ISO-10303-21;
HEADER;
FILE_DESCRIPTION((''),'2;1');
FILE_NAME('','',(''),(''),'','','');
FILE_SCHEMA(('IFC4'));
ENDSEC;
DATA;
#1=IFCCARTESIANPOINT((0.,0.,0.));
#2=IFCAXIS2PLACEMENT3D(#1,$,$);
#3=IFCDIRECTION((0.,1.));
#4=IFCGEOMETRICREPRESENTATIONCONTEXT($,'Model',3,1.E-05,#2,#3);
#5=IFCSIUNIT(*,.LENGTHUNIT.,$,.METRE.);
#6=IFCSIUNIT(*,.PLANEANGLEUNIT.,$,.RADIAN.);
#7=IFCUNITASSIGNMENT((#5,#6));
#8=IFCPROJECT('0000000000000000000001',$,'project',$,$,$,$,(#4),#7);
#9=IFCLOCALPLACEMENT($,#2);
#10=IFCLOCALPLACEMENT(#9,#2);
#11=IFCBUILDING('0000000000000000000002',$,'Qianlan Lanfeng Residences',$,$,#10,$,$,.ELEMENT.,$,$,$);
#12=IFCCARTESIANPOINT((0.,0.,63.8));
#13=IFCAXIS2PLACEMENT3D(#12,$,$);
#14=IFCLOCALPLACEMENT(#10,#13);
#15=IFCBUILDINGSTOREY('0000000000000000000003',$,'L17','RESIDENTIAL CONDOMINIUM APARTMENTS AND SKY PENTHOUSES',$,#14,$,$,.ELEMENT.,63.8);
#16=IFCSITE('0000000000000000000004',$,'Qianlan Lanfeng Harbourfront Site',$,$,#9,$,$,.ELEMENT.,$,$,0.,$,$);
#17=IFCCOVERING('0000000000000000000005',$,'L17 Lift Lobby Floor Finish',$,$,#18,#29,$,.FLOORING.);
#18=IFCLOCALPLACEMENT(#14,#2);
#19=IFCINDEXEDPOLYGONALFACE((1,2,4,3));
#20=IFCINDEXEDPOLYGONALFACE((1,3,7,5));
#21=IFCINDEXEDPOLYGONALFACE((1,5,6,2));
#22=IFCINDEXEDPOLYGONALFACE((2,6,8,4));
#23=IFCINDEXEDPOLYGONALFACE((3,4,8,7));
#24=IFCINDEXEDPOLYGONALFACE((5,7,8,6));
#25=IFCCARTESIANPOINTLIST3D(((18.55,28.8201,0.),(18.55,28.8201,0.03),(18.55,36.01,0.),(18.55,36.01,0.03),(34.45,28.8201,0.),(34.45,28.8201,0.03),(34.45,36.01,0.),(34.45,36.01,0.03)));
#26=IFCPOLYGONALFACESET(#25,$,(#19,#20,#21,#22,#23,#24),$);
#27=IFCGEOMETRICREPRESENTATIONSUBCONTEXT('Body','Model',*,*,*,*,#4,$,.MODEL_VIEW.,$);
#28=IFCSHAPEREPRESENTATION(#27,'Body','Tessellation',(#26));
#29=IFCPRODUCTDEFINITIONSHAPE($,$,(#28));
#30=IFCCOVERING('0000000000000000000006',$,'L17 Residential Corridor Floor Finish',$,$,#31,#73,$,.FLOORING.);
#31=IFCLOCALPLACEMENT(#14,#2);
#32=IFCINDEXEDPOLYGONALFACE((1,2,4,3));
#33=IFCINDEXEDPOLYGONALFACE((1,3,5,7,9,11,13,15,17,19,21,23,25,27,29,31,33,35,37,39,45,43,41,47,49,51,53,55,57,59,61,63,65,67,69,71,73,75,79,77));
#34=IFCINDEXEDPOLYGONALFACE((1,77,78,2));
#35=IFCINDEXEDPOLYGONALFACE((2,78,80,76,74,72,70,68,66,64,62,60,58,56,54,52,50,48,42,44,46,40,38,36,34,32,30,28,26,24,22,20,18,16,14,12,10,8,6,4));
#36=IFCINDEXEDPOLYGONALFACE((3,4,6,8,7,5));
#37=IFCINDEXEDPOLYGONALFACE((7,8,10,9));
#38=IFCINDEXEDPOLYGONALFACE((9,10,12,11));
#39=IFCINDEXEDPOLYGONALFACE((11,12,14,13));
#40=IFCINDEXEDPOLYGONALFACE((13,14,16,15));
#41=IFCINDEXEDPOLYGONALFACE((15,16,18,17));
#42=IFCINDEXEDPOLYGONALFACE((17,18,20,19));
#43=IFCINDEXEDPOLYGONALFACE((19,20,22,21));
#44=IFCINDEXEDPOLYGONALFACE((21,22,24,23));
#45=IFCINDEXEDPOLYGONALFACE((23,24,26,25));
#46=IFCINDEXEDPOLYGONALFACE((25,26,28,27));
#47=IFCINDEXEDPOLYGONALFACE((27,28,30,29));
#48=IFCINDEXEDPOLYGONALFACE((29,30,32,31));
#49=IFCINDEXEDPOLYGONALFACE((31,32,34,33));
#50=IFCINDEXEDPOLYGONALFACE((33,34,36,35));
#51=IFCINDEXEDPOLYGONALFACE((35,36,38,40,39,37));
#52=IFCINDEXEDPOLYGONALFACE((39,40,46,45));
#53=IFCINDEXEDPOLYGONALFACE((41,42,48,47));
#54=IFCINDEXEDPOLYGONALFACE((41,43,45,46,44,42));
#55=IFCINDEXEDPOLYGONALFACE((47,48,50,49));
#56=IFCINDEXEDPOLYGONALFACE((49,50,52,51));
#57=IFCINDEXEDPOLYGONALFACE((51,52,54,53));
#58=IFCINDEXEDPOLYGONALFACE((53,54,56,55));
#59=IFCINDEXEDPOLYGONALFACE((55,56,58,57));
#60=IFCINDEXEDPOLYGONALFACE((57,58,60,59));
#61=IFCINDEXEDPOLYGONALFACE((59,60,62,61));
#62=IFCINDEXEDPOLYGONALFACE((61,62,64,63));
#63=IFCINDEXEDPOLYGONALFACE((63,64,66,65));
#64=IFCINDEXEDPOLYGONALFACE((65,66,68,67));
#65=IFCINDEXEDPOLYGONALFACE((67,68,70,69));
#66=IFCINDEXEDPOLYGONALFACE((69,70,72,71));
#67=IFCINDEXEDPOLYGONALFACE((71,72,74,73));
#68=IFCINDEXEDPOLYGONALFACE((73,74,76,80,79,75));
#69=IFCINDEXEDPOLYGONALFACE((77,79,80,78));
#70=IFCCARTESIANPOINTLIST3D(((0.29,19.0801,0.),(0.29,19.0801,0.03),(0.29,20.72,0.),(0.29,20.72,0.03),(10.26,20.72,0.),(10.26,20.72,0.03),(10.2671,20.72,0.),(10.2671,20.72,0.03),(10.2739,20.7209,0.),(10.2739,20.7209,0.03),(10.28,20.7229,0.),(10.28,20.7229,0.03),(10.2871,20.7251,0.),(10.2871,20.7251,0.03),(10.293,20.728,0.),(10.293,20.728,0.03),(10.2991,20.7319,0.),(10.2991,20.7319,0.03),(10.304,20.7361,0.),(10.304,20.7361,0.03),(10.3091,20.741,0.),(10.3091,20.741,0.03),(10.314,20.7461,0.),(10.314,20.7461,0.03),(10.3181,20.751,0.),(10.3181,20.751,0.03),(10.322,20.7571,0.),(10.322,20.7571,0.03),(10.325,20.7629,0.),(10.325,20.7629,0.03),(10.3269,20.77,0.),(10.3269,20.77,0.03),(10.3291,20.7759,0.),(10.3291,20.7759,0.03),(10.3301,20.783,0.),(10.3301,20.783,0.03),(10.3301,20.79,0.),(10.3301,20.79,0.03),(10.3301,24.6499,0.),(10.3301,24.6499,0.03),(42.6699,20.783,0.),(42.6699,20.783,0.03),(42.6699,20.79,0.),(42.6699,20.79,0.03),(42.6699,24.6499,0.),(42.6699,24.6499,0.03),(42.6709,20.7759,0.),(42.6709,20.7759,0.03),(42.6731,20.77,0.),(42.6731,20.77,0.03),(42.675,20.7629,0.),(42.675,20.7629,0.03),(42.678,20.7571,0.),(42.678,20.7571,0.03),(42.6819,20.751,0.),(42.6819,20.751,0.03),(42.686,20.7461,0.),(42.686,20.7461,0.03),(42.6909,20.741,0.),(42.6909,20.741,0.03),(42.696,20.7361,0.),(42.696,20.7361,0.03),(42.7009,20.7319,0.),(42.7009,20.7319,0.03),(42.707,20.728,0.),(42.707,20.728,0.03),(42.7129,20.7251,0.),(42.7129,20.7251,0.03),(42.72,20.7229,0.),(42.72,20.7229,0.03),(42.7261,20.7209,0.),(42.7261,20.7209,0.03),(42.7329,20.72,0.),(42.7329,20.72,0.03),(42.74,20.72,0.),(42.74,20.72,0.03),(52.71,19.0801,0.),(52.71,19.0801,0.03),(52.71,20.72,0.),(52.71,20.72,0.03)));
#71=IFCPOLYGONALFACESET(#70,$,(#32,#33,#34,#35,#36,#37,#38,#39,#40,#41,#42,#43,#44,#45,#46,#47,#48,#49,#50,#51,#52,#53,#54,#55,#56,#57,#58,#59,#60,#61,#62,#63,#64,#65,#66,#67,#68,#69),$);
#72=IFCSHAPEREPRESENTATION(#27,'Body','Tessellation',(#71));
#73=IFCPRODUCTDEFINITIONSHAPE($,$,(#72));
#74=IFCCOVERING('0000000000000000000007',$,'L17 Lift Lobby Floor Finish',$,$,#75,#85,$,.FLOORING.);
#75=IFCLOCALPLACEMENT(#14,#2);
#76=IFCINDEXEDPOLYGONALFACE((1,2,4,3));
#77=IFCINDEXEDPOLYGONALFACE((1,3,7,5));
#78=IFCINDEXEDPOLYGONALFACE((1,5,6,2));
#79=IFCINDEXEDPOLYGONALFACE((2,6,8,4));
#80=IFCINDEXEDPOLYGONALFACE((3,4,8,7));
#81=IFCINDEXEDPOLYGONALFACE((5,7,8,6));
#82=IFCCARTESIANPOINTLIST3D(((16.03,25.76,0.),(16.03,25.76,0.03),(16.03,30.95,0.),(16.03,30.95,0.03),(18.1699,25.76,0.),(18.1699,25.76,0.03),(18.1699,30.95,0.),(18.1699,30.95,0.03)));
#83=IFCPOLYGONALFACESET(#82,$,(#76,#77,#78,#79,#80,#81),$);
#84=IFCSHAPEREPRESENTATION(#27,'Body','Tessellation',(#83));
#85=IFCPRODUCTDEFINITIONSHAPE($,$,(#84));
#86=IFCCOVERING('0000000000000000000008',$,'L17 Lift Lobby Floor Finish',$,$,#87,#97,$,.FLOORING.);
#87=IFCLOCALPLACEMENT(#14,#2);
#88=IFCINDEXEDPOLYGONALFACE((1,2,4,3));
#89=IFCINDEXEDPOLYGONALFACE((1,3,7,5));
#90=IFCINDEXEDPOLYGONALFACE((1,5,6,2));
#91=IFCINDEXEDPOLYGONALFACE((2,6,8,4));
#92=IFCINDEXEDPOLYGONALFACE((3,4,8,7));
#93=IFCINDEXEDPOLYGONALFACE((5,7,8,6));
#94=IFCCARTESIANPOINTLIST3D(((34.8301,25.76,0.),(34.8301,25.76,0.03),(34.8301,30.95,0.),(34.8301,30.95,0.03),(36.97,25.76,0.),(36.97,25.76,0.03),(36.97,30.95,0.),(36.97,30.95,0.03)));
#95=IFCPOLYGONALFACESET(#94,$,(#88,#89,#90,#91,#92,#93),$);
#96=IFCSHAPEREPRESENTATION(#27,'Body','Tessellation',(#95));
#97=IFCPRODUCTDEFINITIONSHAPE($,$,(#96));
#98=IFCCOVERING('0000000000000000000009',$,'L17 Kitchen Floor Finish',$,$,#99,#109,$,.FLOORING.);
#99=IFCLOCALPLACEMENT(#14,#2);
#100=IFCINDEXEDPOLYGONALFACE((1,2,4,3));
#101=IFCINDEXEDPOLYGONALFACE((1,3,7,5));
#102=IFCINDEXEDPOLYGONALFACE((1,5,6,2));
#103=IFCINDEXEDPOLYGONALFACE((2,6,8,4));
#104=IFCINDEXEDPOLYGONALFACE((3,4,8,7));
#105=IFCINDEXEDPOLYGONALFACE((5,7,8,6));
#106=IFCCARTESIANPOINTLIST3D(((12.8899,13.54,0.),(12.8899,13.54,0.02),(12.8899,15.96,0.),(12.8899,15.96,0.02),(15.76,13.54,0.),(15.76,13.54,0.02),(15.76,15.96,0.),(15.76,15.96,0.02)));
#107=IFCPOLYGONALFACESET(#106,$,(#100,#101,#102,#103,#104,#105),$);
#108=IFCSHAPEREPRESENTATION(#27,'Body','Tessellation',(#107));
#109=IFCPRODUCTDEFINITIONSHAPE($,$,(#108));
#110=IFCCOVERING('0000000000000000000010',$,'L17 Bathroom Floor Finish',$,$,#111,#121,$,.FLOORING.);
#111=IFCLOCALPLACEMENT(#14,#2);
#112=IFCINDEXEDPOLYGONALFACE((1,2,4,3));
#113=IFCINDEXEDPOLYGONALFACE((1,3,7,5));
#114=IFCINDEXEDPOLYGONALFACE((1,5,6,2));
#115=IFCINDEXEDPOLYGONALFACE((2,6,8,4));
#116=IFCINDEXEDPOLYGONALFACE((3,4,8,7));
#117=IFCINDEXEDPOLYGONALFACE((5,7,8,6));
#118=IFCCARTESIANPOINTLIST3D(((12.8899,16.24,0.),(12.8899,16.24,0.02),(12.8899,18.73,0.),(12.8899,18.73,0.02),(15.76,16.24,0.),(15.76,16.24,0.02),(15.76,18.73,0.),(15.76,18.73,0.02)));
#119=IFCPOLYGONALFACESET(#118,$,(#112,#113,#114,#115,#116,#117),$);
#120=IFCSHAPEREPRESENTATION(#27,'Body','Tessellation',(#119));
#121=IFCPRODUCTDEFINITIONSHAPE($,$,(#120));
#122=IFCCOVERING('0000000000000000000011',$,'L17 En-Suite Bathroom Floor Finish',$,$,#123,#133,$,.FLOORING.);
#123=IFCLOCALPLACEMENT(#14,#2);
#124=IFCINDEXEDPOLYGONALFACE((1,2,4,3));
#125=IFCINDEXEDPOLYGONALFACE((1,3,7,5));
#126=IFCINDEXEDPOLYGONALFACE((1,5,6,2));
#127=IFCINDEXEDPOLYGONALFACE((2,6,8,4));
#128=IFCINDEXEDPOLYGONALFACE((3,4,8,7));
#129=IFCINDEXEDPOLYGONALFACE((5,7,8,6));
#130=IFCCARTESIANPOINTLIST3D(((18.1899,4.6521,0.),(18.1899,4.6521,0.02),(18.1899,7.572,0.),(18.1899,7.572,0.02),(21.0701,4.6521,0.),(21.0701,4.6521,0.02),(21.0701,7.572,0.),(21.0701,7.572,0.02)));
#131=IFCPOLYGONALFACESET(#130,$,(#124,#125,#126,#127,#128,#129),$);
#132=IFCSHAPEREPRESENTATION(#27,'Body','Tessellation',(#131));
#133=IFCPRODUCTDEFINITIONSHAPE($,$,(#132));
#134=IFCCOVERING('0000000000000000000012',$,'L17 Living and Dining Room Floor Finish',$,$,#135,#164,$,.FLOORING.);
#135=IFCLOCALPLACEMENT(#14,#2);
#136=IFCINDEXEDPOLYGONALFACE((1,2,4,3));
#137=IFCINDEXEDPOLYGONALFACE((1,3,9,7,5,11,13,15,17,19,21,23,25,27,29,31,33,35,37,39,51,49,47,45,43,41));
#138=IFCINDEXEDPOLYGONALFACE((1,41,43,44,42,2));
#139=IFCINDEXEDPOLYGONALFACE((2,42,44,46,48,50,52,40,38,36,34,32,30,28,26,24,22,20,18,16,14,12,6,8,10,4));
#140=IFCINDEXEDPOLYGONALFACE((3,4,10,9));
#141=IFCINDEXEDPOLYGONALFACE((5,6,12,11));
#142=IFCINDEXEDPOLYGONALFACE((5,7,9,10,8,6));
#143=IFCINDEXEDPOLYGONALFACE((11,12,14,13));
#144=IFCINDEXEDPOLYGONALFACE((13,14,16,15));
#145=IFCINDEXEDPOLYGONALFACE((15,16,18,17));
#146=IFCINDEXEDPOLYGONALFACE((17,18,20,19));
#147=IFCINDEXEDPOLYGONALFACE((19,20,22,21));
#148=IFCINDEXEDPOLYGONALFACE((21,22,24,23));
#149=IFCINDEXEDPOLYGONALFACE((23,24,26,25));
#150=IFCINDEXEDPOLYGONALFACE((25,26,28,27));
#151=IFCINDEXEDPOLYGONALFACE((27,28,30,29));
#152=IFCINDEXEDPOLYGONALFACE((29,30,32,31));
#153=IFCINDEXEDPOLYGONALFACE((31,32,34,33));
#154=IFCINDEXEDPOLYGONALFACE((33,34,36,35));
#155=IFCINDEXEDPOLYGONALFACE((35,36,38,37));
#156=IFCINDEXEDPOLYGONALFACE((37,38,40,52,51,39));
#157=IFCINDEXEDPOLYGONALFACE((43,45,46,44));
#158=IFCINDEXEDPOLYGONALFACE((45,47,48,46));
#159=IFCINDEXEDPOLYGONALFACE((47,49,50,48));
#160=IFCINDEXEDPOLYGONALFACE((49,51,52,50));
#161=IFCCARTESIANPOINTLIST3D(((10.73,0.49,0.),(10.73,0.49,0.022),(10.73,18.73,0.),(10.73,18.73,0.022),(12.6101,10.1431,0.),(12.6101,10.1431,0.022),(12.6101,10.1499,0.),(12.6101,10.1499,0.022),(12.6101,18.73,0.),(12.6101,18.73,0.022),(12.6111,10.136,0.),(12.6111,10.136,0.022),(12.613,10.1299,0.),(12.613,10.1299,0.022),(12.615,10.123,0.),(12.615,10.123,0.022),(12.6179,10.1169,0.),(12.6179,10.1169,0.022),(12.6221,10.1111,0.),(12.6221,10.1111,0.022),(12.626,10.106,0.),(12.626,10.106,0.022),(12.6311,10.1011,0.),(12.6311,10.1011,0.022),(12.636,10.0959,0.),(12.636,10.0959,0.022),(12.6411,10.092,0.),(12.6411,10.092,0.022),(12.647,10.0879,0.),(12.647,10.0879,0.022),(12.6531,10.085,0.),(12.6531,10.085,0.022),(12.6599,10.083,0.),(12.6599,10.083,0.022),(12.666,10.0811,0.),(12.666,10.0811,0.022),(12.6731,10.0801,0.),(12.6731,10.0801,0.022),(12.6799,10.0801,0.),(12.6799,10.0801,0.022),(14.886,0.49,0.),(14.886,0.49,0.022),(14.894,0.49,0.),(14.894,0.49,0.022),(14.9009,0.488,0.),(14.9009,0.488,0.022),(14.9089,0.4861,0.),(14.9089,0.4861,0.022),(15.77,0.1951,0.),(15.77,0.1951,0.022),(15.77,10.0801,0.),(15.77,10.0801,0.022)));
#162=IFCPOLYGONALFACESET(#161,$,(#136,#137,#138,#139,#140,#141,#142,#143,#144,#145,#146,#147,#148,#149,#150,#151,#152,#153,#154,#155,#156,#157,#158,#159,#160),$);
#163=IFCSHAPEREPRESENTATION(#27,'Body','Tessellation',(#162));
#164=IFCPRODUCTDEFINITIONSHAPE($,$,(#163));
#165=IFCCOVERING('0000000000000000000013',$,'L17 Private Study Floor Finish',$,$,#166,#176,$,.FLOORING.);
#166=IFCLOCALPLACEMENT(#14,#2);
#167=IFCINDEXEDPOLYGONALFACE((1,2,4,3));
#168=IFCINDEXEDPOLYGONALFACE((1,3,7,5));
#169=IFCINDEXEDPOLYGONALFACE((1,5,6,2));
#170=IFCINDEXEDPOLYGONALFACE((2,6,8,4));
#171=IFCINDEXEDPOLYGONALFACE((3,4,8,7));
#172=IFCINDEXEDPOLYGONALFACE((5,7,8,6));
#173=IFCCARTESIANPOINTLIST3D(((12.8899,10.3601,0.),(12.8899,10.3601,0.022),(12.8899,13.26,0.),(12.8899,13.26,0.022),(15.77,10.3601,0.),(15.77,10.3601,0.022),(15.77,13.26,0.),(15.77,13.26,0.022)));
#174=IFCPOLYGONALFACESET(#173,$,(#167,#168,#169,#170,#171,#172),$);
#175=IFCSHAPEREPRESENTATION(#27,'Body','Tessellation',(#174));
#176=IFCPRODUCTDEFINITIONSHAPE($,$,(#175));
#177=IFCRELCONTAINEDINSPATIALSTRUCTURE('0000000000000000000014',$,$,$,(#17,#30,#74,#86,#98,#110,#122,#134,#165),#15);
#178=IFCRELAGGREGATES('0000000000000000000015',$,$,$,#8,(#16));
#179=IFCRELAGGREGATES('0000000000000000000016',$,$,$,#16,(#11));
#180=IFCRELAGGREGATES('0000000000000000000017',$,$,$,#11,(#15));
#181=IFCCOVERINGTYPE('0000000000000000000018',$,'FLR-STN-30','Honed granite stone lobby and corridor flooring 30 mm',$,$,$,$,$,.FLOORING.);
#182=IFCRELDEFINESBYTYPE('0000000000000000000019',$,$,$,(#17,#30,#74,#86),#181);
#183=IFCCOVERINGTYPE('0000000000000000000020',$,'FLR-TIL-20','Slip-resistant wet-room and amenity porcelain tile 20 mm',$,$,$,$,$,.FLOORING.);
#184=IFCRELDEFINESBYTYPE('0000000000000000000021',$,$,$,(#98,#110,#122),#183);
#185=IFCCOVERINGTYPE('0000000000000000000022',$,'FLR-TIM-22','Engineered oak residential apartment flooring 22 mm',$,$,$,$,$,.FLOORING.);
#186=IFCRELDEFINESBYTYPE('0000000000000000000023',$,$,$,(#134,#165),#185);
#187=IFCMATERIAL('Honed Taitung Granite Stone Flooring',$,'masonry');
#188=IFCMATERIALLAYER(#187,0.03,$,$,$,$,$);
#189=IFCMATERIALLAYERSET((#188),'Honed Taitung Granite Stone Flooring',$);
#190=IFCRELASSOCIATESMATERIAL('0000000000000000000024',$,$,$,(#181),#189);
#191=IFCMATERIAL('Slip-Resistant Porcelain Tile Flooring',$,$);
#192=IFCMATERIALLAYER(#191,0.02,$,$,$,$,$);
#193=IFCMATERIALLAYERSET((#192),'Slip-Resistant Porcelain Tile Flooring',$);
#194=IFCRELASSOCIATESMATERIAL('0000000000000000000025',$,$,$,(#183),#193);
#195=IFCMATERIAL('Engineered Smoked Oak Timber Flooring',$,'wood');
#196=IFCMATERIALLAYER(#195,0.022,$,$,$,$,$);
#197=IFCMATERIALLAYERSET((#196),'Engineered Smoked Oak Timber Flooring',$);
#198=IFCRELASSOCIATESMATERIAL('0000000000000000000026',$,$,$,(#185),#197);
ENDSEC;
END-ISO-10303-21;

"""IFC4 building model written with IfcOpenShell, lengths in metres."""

from ifc_helpers import new_model, si_unit, direction, frame, origin, place, context, subcontext, project, spatial, polyline, outline, extrude, material, layer, layer_set, type_object, element, save


model = new_model("IFC4")

# Units and contexts
model_context = context("Model", 3, precision=1e-05, world=origin(), true_north=direction((0.0, 1.0)))
body_context = subcontext(model_context, "Body", "Model", "MODEL_VIEW")
ifc_project = project(units=[si_unit("LENGTHUNIT", "METRE"), si_unit("PLANEANGLEUNIT", "RADIAN")], contexts=[model_context])

# Site, building, storey
site_placement = place(None, origin())
site = spatial("IfcSite", under=ifc_project, at=site_placement, Name="Qianlan Lanfeng Harbourfront Site", CompositionType="ELEMENT", RefElevation=0.0)
building_placement = place(site_placement, origin())
building = spatial("IfcBuilding", under=site, at=building_placement, Name="Qianlan Lanfeng Residences", CompositionType="ELEMENT")
storey_placement = place(building_placement, frame((0.0, 0.0, 63.8)))
storey = spatial("IfcBuildingStorey", under=building, at=storey_placement, Name="L17", Description="RESIDENTIAL CONDOMINIUM APARTMENTS AND SKY PENTHOUSES", CompositionType="ELEMENT", Elevation=63.8)

# Coverings
ifc_material_1 = material(Name="Honed Taitung Granite Stone Flooring", Category="masonry")
ifc_layer_1 = layer(ifc_material_1, 0.03)
ifc_layer_set_1 = layer_set([ifc_layer_1], Name="Honed Taitung Granite Stone Flooring")
covering_type_1 = type_object("IfcCoveringType", Name="FLR-STN-30", Description="Honed granite stone lobby and corridor flooring 30 mm", PredefinedType="FLOORING", material=ifc_layer_set_1)
covering_1_placement = place(storey_placement, origin())
element("IfcCovering", 1, at=covering_1_placement, inside=storey, type_object=covering_type_1, Name="L17 Lift Lobby Floor Finish", PredefinedType="FLOORING", context=body_context, shape_type="SweptSolid", body=[
    extrude(outline(polyline([(18.55, 28.8201), (34.45, 28.8201), (34.45, 36.01), (18.55, 36.01), (18.55, 28.8201)])), origin(), (0.0, 0.0, 1.0), 0.03),
])
covering_2_placement = place(storey_placement, origin())
element("IfcCovering", 2, at=covering_2_placement, inside=storey, type_object=covering_type_1, Name="L17 Residential Corridor Floor Finish", PredefinedType="FLOORING", context=body_context, shape_type="SweptSolid", body=[
    extrude(outline(polyline([(0.29, 19.0801), (52.71, 19.0801), (52.71, 20.72), (42.74, 20.72), (42.7329, 20.72), (42.7261, 20.7209), (42.72, 20.7229), (42.7129, 20.7251), (42.707, 20.728), (42.7009, 20.7319), (42.696, 20.7361), (42.6909, 20.741), (42.686, 20.7461), (42.6819, 20.751), (42.678, 20.7571), (42.675, 20.7629), (42.6731, 20.77), (42.6709, 20.7759), (42.6699, 20.783), (42.6699, 20.79), (42.6699, 24.6499), (10.3301, 24.6499), (10.3301, 20.79), (10.3301, 20.783), (10.3291, 20.7759), (10.3269, 20.77), (10.325, 20.7629), (10.322, 20.7571), (10.3181, 20.751), (10.314, 20.7461), (10.3091, 20.741), (10.304, 20.7361), (10.2991, 20.7319), (10.293, 20.728), (10.2871, 20.7251), (10.28, 20.7229), (10.2739, 20.7209), (10.2671, 20.72), (10.26, 20.72), (0.29, 20.72), (0.29, 19.0801)])), origin(), (0.0, 0.0, 1.0), 0.03),
])
covering_3_placement = place(storey_placement, origin())
element("IfcCovering", 3, at=covering_3_placement, inside=storey, type_object=covering_type_1, Name="L17 Lift Lobby Floor Finish", PredefinedType="FLOORING", context=body_context, shape_type="SweptSolid", body=[
    extrude(outline(polyline([(16.03, 25.76), (18.1699, 25.76), (18.1699, 30.95), (16.03, 30.95), (16.03, 25.76)])), origin(), (0.0, 0.0, 1.0), 0.03),
])
covering_4_placement = place(storey_placement, origin())
element("IfcCovering", 4, at=covering_4_placement, inside=storey, type_object=covering_type_1, Name="L17 Lift Lobby Floor Finish", PredefinedType="FLOORING", context=body_context, shape_type="SweptSolid", body=[
    extrude(outline(polyline([(34.8301, 25.76), (36.97, 25.76), (36.97, 30.95), (34.8301, 30.95), (34.8301, 25.76)])), origin(), (0.0, 0.0, 1.0), 0.03),
])
ifc_material_2 = material(Name="Slip-Resistant Porcelain Tile Flooring")
ifc_layer_2 = layer(ifc_material_2, 0.02)
ifc_layer_set_2 = layer_set([ifc_layer_2], Name="Slip-Resistant Porcelain Tile Flooring")
covering_type_2 = type_object("IfcCoveringType", Name="FLR-TIL-20", Description="Slip-resistant wet-room and amenity porcelain tile 20 mm", PredefinedType="FLOORING", material=ifc_layer_set_2)
covering_5_placement = place(storey_placement, origin())
element("IfcCovering", 5, at=covering_5_placement, inside=storey, type_object=covering_type_2, Name="L17 Kitchen Floor Finish", PredefinedType="FLOORING", context=body_context, shape_type="SweptSolid", body=[
    extrude(outline(polyline([(12.8899, 13.54), (15.76, 13.54), (15.76, 15.96), (12.8899, 15.96), (12.8899, 13.54)])), origin(), (0.0, 0.0, 1.0), 0.02),
])
covering_6_placement = place(storey_placement, origin())
element("IfcCovering", 6, at=covering_6_placement, inside=storey, type_object=covering_type_2, Name="L17 Bathroom Floor Finish", PredefinedType="FLOORING", context=body_context, shape_type="SweptSolid", body=[
    extrude(outline(polyline([(12.8899, 16.24), (15.76, 16.24), (15.76, 18.73), (12.8899, 18.73), (12.8899, 16.24)])), origin(), (0.0, 0.0, 1.0), 0.02),
])
covering_7_placement = place(storey_placement, origin())
element("IfcCovering", 7, at=covering_7_placement, inside=storey, type_object=covering_type_2, Name="L17 En-Suite Bathroom Floor Finish", PredefinedType="FLOORING", context=body_context, shape_type="SweptSolid", body=[
    extrude(outline(polyline([(18.1899, 4.6521), (21.0701, 4.6521), (21.0701, 7.572), (18.1899, 7.572), (18.1899, 4.6521)])), origin(), (0.0, 0.0, 1.0), 0.02),
])
ifc_material_3 = material(Name="Engineered Smoked Oak Timber Flooring", Category="wood")
ifc_layer_3 = layer(ifc_material_3, 0.022)
ifc_layer_set_3 = layer_set([ifc_layer_3], Name="Engineered Smoked Oak Timber Flooring")
covering_type_3 = type_object("IfcCoveringType", Name="FLR-TIM-22", Description="Engineered oak residential apartment flooring 22 mm", PredefinedType="FLOORING", material=ifc_layer_set_3)
covering_8_placement = place(storey_placement, origin())
element("IfcCovering", 8, at=covering_8_placement, inside=storey, type_object=covering_type_3, Name="L17 Living and Dining Room Floor Finish", PredefinedType="FLOORING", context=body_context, shape_type="SweptSolid", body=[
    extrude(outline(polyline([(15.77, 0.1951), (15.77, 10.0801), (12.6799, 10.0801), (12.6731, 10.0801), (12.666, 10.0811), (12.6599, 10.083), (12.6531, 10.085), (12.647, 10.0879), (12.6411, 10.092), (12.636, 10.0959), (12.6311, 10.1011), (12.626, 10.106), (12.6221, 10.1111), (12.6179, 10.1169), (12.615, 10.123), (12.613, 10.1299), (12.6111, 10.136), (12.6101, 10.1431), (12.6101, 10.1499), (12.6101, 18.73), (10.73, 18.73), (10.73, 0.49), (14.886, 0.49), (14.894, 0.49), (14.9009, 0.488), (14.9089, 0.4861), (15.77, 0.1951)])), origin(), (0.0, 0.0, 1.0), 0.022),
])
covering_9_placement = place(storey_placement, origin())
element("IfcCovering", 9, at=covering_9_placement, inside=storey, type_object=covering_type_3, Name="L17 Private Study Floor Finish", PredefinedType="FLOORING", context=body_context, shape_type="SweptSolid", body=[
    extrude(outline(polyline([(12.8899, 13.26), (12.8899, 10.3601), (15.77, 10.3601), (15.77, 13.26), (12.8899, 13.26)])), origin(), (0.0, 0.0, 1.0), 0.022),
])

save(model, "model.ifc")
